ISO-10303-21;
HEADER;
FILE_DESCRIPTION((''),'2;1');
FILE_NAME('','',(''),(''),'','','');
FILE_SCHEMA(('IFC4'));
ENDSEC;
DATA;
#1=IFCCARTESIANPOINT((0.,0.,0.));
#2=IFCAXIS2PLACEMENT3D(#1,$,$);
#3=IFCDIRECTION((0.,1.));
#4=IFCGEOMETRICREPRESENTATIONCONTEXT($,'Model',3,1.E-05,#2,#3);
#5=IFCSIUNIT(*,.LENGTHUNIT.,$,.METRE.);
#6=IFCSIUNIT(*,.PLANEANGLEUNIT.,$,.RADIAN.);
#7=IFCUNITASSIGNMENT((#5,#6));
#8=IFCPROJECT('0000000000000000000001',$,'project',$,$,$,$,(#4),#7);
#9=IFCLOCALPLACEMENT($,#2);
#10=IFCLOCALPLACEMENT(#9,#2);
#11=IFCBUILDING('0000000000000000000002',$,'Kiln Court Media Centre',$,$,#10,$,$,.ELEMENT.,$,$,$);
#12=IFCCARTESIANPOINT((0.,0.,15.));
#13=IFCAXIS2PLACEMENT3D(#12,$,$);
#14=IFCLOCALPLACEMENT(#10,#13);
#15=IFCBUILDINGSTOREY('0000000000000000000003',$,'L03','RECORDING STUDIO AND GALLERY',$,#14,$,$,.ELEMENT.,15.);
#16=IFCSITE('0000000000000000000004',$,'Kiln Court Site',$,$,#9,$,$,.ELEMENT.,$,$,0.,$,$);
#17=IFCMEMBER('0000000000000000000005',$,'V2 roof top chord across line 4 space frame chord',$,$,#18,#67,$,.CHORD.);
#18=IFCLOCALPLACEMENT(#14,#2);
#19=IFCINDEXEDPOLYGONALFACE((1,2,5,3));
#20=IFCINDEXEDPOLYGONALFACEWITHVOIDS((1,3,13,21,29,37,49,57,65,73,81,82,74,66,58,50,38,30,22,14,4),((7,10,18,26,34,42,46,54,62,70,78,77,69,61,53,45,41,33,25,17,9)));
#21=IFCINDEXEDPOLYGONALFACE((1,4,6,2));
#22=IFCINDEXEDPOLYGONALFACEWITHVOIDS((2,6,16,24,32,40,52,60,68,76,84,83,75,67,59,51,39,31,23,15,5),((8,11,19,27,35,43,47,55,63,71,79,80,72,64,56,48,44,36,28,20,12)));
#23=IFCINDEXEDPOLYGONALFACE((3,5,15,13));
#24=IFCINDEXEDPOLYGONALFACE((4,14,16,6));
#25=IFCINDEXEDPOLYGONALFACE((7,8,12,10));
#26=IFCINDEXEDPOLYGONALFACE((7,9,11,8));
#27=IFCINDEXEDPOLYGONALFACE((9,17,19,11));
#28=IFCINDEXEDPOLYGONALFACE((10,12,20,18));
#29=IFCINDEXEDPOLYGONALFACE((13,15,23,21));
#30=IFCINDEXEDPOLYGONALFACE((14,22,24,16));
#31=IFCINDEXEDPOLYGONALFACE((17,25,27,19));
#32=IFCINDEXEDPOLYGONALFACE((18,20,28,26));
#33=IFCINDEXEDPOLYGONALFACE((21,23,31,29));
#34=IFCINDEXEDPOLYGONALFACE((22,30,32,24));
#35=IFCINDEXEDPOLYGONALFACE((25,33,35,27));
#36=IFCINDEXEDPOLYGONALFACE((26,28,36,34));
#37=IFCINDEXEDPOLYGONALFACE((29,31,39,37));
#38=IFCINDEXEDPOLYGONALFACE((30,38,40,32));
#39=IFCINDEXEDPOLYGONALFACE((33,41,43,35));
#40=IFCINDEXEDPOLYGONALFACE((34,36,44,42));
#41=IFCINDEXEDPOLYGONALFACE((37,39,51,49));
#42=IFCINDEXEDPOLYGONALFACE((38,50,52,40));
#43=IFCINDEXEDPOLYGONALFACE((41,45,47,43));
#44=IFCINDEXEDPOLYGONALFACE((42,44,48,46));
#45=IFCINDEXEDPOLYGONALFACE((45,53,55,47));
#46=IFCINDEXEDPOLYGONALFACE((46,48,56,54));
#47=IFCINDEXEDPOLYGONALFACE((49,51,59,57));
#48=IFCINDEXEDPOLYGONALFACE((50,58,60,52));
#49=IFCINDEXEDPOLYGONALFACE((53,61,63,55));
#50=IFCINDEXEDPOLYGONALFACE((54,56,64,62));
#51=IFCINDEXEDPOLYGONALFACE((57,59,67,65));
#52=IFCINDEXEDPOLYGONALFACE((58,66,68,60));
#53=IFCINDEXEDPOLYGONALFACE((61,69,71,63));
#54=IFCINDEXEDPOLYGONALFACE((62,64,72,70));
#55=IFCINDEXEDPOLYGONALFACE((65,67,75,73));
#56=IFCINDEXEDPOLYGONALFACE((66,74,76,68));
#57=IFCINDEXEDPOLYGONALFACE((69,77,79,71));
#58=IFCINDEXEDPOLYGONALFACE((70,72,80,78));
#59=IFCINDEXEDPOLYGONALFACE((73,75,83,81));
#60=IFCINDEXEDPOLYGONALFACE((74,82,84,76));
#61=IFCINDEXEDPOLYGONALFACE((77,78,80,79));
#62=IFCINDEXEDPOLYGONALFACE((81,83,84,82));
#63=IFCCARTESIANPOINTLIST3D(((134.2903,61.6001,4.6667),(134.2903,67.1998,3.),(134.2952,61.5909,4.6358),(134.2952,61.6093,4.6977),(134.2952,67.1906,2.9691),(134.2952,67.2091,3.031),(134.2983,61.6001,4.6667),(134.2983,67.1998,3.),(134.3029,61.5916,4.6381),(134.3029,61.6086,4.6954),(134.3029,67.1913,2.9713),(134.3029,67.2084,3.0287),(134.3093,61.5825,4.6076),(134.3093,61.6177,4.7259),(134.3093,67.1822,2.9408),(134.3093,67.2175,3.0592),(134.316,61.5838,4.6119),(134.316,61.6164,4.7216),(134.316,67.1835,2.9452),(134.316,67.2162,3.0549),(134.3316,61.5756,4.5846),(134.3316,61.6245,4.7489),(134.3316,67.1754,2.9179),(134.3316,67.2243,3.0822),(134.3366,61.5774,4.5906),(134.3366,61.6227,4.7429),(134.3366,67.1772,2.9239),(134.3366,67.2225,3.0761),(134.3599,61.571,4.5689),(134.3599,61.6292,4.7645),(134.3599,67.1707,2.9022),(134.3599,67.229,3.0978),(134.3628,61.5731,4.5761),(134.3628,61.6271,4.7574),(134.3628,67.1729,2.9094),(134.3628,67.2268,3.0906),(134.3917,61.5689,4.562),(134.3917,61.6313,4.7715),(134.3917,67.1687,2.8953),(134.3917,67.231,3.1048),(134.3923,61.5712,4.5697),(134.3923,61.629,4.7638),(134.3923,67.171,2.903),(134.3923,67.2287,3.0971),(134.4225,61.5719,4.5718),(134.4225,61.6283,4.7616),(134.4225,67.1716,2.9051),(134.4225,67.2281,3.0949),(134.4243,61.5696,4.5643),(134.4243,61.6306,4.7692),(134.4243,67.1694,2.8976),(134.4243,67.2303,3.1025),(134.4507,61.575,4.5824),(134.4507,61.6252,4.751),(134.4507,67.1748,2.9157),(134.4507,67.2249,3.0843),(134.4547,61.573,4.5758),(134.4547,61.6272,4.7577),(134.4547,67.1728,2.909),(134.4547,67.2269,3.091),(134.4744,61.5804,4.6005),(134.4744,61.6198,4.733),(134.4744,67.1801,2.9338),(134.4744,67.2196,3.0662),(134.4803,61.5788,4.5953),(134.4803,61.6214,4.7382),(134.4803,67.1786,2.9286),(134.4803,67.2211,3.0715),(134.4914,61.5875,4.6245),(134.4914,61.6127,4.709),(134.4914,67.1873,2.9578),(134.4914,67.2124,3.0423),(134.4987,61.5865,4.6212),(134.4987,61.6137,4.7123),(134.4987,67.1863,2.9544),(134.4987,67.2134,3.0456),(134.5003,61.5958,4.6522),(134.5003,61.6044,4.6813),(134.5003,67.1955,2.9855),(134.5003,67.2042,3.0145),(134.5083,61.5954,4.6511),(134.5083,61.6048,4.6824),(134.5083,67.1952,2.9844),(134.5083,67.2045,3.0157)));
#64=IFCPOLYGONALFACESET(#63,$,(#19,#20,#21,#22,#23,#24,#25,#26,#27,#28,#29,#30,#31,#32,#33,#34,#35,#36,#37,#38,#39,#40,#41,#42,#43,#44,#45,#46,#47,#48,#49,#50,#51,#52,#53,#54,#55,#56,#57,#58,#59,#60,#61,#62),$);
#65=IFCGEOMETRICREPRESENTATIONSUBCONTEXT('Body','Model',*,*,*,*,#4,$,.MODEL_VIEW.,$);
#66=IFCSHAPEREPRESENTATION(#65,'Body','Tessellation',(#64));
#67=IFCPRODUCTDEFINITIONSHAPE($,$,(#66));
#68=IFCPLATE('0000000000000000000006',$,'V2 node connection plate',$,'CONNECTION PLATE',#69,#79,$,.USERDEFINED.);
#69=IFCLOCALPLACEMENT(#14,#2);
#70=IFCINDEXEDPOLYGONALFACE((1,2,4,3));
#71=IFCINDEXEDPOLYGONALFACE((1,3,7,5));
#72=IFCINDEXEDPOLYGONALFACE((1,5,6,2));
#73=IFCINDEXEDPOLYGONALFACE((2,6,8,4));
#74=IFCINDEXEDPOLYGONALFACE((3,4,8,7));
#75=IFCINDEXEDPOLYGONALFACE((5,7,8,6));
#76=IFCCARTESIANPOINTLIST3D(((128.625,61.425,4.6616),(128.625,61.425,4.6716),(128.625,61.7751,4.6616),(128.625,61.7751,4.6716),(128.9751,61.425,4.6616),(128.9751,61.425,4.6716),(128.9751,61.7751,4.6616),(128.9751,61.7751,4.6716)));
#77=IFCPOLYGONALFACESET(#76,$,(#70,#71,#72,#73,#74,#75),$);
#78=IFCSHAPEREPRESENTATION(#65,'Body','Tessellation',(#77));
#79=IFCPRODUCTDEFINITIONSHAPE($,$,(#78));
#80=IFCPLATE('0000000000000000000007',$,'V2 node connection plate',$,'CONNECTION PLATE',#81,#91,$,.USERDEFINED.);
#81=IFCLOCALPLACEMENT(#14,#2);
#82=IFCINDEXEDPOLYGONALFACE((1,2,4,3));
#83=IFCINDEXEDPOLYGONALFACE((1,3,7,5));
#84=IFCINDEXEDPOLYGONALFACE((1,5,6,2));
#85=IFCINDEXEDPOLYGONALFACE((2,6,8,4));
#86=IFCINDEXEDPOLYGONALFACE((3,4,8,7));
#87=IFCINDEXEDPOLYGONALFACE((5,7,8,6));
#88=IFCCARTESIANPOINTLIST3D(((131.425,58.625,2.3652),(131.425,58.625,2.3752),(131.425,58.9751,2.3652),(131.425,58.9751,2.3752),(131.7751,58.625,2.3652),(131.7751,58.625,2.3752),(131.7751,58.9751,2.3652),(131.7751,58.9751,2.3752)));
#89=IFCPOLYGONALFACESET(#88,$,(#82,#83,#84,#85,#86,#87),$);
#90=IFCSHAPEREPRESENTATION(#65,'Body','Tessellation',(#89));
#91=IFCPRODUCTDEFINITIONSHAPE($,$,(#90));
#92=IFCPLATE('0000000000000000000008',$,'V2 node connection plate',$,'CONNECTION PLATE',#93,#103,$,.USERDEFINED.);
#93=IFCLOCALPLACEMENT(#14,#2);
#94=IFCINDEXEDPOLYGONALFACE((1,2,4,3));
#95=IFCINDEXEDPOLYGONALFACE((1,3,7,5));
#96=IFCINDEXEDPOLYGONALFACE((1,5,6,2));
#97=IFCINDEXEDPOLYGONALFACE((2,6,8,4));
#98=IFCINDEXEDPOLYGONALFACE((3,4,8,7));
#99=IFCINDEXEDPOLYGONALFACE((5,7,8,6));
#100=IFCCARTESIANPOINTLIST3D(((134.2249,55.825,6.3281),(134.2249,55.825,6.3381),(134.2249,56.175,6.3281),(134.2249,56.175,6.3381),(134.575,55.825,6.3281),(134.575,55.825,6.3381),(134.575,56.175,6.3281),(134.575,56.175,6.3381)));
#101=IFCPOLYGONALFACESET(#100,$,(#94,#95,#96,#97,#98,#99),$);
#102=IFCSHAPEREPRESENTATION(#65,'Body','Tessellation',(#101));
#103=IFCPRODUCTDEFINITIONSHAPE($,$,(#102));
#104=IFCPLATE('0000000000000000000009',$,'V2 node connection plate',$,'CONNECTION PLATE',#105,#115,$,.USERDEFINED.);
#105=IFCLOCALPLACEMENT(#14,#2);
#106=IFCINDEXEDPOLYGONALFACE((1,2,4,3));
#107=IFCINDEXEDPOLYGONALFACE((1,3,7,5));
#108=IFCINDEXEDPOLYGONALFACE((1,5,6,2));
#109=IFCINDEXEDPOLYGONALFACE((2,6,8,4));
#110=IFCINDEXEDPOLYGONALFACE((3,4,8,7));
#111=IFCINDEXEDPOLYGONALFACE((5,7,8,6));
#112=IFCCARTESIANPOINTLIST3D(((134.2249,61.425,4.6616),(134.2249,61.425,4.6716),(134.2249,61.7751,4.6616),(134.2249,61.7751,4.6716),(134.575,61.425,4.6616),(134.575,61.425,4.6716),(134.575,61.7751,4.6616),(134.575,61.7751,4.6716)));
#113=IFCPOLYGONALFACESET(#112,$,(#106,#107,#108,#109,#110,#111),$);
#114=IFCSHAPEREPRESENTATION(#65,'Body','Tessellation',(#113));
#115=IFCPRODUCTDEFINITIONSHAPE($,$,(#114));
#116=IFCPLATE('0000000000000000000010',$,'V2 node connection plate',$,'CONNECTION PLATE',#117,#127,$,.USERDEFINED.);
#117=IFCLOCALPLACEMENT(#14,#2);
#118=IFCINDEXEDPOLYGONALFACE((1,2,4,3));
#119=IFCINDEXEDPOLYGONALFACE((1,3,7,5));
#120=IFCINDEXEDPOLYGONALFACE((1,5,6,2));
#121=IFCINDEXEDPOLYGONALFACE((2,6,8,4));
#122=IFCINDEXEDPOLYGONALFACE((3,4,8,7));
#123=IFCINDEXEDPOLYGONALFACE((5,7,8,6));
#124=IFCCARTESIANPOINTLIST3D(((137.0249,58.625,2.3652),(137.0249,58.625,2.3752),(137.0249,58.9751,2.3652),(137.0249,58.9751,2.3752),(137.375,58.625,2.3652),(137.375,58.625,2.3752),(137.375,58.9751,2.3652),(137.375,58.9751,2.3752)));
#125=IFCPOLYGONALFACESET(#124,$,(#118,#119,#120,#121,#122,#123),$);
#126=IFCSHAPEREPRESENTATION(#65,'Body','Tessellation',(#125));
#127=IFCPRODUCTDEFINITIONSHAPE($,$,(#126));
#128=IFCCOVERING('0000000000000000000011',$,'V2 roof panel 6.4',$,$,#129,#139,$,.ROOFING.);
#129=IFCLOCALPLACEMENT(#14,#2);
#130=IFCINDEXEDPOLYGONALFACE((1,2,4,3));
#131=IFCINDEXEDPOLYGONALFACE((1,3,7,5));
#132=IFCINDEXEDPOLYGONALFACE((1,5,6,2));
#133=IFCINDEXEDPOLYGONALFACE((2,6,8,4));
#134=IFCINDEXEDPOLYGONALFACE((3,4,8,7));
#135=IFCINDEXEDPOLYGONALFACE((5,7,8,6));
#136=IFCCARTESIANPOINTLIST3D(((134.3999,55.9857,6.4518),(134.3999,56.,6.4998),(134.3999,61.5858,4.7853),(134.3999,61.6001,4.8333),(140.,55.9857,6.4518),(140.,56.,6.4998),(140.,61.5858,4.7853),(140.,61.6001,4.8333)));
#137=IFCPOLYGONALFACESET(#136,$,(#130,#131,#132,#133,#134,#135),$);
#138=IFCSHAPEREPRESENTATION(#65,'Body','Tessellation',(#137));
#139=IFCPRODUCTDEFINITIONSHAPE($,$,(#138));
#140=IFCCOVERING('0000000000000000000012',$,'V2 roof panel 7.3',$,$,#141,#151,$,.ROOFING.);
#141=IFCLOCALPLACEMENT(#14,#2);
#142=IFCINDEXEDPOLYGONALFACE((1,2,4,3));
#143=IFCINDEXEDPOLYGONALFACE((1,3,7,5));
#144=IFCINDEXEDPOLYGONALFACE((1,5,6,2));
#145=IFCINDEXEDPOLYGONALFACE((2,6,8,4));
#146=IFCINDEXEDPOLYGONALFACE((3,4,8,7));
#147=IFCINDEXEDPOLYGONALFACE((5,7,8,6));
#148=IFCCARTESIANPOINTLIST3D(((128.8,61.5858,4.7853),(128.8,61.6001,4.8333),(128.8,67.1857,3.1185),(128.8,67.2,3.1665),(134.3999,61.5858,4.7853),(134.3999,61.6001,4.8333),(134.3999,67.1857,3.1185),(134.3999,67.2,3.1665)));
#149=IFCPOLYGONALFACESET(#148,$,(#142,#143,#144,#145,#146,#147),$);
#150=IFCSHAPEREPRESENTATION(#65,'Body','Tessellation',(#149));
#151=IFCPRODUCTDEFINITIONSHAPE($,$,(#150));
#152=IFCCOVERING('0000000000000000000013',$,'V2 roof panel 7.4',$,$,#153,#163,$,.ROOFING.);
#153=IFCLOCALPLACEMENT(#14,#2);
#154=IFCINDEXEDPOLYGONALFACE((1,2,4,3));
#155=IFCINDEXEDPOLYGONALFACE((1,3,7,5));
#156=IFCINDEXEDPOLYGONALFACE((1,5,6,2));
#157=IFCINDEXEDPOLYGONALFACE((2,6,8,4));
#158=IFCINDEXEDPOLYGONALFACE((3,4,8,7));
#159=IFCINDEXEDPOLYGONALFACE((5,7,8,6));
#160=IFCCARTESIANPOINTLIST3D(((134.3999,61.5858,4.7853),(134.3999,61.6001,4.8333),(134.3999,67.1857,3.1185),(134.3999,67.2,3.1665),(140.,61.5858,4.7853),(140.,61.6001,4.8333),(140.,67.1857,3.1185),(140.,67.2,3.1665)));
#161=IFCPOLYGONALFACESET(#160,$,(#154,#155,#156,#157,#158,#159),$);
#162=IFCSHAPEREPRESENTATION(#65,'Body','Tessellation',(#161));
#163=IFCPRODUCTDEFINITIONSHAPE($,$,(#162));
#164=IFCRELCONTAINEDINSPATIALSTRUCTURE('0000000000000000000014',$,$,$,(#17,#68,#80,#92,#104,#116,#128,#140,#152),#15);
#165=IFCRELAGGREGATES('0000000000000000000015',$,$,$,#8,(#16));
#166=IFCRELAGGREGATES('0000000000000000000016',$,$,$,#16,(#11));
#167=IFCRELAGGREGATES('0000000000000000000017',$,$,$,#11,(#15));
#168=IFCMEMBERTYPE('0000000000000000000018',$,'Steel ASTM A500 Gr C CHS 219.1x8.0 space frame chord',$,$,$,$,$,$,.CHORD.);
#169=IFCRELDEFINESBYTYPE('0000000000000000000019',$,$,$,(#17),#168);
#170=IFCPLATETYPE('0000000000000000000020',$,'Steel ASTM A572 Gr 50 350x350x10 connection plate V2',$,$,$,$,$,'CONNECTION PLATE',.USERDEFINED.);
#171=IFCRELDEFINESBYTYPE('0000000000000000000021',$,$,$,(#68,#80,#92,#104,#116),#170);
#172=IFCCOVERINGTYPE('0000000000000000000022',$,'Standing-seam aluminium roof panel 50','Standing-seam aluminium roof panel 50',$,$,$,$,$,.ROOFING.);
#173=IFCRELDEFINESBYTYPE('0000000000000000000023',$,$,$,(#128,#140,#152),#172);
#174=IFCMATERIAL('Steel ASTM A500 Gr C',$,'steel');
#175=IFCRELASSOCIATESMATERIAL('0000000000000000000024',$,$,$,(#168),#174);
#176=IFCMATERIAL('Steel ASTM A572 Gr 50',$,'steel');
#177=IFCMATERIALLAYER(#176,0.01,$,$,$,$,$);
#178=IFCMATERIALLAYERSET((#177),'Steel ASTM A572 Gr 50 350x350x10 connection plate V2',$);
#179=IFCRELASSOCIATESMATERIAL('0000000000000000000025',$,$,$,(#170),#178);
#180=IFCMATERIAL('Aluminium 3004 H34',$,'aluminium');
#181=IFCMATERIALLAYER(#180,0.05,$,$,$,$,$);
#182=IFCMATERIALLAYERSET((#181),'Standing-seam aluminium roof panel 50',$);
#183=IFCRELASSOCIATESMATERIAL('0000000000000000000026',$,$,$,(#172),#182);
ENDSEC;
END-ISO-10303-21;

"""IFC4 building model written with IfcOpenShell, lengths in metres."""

from ifc_helpers import new_model, si_unit, direction, frame, origin, origin_2d, place, context, subcontext, project, spatial, polyline, rectangle, hollow_circle, outline, extrude, material, layer, layer_set, material_profile, profile_set, type_object, element, save


model = new_model("IFC4")

# Units and contexts
model_context = context("Model", 3, precision=1e-05, world=origin(), true_north=direction((0.0, 1.0)))
body_context = subcontext(model_context, "Body", "Model", "MODEL_VIEW")
ifc_project = project(units=[si_unit("LENGTHUNIT", "METRE"), si_unit("PLANEANGLEUNIT", "RADIAN")], contexts=[model_context])

# Site, building, storey
site_placement = place(None, origin())
site = spatial("IfcSite", under=ifc_project, at=site_placement, Name="Kiln Court Site", CompositionType="ELEMENT", RefElevation=0.0)
building_placement = place(site_placement, origin())
building = spatial("IfcBuilding", under=site, at=building_placement, Name="Kiln Court Media Centre", CompositionType="ELEMENT")
storey_placement = place(building_placement, frame((0.0, 0.0, 15.0)))
storey = spatial("IfcBuildingStorey", under=building, at=storey_placement, Name="L03", Description="RECORDING STUDIO AND GALLERY", CompositionType="ELEMENT", Elevation=15.0)

# Member
ifc_material_1 = material(Name="Steel ASTM A500 Gr C", Category="steel")
ifc_material_profile_1 = material_profile(ifc_material_1, hollow_circle(Radius=0.1096, WallThickness=0.0081, at=origin_2d()), Name="CHS 219.1x8.0")
ifc_profile_set_1 = profile_set([ifc_material_profile_1], Name="Steel ASTM A500 Gr C")
member_type_1 = type_object("IfcMemberType", Name="Steel ASTM A500 Gr C CHS 219.1x8.0 space frame chord", PredefinedType="CHORD", material=ifc_profile_set_1)
for number, where, z_axis, x_axis, name in (
    (1, (134.3999, 61.6001, 4.6667), (0.0, 0.958446, -0.285273), (-1.0, 0.0, 0.0), "V2 roof top chord across line 4 space frame chord"),
):
    element("IfcMember", number, at=place(storey_placement, frame(where, z_axis=z_axis, x_axis=x_axis)), inside=storey, type_object=member_type_1, Name=name, PredefinedType="CHORD", context=body_context, shape_type="SweptSolid", body=[
        extrude(hollow_circle(Radius=0.1096, WallThickness=0.0081, at=origin_2d()), origin(), (0.0, 0.0, 1.0), 5.8425),
    ])

# Plates
ifc_material_2 = material(Name="Steel ASTM A572 Gr 50", Category="steel")
ifc_layer_1 = layer(ifc_material_2, 0.01)
ifc_layer_set_1 = layer_set([ifc_layer_1], Name="Steel ASTM A572 Gr 50 350x350x10 connection plate V2")
plate_type = type_object("IfcPlateType", Name="Steel ASTM A572 Gr 50 350x350x10 connection plate V2", ElementType="CONNECTION PLATE", PredefinedType="USERDEFINED", material=ifc_layer_set_1)
for number, where, z_axis, x_axis, name in (
    (2, (128.8, 61.6001, 4.6616), (0.0, 0.0, 1.0), (1.0, 0.0, 0.0), "V2 node connection plate"),
    (3, (131.6001, 58.8, 2.3652), (0.0, 0.0, 1.0), (1.0, 0.0, 0.0), "V2 node connection plate"),
    (4, (134.3999, 56.0, 6.3281), (0.0, 0.0, 1.0), (1.0, 0.0, 0.0), "V2 node connection plate"),
    (5, (134.3999, 61.6001, 4.6616), (0.0, 0.0, 1.0), (1.0, 0.0, 0.0), "V2 node connection plate"),
    (6, (137.2, 58.8, 2.3652), (0.0, 0.0, 1.0), (1.0, 0.0, 0.0), "V2 node connection plate"),
):
    element("IfcPlate", number, at=place(storey_placement, frame(where, z_axis=z_axis, x_axis=x_axis)), inside=storey, type_object=plate_type, Name=name, ObjectType="CONNECTION PLATE", PredefinedType="USERDEFINED", context=body_context, shape_type="SweptSolid", body=[
        extrude(rectangle(XDim=0.3501, YDim=0.3501, at=origin_2d()), origin(), (0.0, 0.0, 1.0), 0.01),
    ])

# Coverings
ifc_material_3 = material(Name="Aluminium 3004 H34", Category="aluminium")
ifc_layer_2 = layer(ifc_material_3, 0.05)
ifc_layer_set_2 = layer_set([ifc_layer_2], Name="Standing-seam aluminium roof panel 50")
covering_type = type_object("IfcCoveringType", Name="Standing-seam aluminium roof panel 50", Description="Standing-seam aluminium roof panel 50", PredefinedType="ROOFING", material=ifc_layer_set_2)
covering_1_placement = place(storey_placement, frame((134.3999, 56.0, 6.4998), z_axis=(0.0, 0.285223, 0.958461), x_axis=(0.0, 0.958461, -0.285223)))
element("IfcCovering", 7, at=covering_1_placement, inside=storey, type_object=covering_type, Name="V2 roof panel 6.4", PredefinedType="ROOFING", context=body_context, shape_type="SweptSolid", body=[
    extrude(outline(polyline([(0.0, 0.0), (5.8428, 0.0), (5.8428, -5.6001), (0.0, -5.6001), (0.0, 0.0)])), origin(), (0.0, 0.0, -1.0), 0.05),
])
covering_2_placement = place(storey_placement, frame((128.8, 61.6001, 4.8333), z_axis=(0.0, 0.285273, 0.958446), x_axis=(0.0, 0.958446, -0.285273)))
element("IfcCovering", 8, at=covering_2_placement, inside=storey, type_object=covering_type, Name="V2 roof panel 7.3", PredefinedType="ROOFING", context=body_context, shape_type="SweptSolid", body=[
    extrude(outline(polyline([(0.0, 0.0), (5.8426, 0.0), (5.8426, -5.5999), (0.0, -5.5999), (0.0, 0.0)])), origin(), (0.0, 0.0, -1.0), 0.05),
])
covering_3_placement = place(storey_placement, frame((134.3999, 61.6001, 4.8333), z_axis=(0.0, 0.285273, 0.958446), x_axis=(0.0, 0.958446, -0.285273)))
element("IfcCovering", 9, at=covering_3_placement, inside=storey, type_object=covering_type, Name="V2 roof panel 7.4", PredefinedType="ROOFING", context=body_context, shape_type="SweptSolid", body=[
    extrude(outline(polyline([(0.0, 0.0), (5.8426, 0.0), (5.8426, -5.6001), (0.0, -5.6001), (0.0, 0.0)])), origin(), (0.0, 0.0, -1.0), 0.05),
])

save(model, "model.ifc")
